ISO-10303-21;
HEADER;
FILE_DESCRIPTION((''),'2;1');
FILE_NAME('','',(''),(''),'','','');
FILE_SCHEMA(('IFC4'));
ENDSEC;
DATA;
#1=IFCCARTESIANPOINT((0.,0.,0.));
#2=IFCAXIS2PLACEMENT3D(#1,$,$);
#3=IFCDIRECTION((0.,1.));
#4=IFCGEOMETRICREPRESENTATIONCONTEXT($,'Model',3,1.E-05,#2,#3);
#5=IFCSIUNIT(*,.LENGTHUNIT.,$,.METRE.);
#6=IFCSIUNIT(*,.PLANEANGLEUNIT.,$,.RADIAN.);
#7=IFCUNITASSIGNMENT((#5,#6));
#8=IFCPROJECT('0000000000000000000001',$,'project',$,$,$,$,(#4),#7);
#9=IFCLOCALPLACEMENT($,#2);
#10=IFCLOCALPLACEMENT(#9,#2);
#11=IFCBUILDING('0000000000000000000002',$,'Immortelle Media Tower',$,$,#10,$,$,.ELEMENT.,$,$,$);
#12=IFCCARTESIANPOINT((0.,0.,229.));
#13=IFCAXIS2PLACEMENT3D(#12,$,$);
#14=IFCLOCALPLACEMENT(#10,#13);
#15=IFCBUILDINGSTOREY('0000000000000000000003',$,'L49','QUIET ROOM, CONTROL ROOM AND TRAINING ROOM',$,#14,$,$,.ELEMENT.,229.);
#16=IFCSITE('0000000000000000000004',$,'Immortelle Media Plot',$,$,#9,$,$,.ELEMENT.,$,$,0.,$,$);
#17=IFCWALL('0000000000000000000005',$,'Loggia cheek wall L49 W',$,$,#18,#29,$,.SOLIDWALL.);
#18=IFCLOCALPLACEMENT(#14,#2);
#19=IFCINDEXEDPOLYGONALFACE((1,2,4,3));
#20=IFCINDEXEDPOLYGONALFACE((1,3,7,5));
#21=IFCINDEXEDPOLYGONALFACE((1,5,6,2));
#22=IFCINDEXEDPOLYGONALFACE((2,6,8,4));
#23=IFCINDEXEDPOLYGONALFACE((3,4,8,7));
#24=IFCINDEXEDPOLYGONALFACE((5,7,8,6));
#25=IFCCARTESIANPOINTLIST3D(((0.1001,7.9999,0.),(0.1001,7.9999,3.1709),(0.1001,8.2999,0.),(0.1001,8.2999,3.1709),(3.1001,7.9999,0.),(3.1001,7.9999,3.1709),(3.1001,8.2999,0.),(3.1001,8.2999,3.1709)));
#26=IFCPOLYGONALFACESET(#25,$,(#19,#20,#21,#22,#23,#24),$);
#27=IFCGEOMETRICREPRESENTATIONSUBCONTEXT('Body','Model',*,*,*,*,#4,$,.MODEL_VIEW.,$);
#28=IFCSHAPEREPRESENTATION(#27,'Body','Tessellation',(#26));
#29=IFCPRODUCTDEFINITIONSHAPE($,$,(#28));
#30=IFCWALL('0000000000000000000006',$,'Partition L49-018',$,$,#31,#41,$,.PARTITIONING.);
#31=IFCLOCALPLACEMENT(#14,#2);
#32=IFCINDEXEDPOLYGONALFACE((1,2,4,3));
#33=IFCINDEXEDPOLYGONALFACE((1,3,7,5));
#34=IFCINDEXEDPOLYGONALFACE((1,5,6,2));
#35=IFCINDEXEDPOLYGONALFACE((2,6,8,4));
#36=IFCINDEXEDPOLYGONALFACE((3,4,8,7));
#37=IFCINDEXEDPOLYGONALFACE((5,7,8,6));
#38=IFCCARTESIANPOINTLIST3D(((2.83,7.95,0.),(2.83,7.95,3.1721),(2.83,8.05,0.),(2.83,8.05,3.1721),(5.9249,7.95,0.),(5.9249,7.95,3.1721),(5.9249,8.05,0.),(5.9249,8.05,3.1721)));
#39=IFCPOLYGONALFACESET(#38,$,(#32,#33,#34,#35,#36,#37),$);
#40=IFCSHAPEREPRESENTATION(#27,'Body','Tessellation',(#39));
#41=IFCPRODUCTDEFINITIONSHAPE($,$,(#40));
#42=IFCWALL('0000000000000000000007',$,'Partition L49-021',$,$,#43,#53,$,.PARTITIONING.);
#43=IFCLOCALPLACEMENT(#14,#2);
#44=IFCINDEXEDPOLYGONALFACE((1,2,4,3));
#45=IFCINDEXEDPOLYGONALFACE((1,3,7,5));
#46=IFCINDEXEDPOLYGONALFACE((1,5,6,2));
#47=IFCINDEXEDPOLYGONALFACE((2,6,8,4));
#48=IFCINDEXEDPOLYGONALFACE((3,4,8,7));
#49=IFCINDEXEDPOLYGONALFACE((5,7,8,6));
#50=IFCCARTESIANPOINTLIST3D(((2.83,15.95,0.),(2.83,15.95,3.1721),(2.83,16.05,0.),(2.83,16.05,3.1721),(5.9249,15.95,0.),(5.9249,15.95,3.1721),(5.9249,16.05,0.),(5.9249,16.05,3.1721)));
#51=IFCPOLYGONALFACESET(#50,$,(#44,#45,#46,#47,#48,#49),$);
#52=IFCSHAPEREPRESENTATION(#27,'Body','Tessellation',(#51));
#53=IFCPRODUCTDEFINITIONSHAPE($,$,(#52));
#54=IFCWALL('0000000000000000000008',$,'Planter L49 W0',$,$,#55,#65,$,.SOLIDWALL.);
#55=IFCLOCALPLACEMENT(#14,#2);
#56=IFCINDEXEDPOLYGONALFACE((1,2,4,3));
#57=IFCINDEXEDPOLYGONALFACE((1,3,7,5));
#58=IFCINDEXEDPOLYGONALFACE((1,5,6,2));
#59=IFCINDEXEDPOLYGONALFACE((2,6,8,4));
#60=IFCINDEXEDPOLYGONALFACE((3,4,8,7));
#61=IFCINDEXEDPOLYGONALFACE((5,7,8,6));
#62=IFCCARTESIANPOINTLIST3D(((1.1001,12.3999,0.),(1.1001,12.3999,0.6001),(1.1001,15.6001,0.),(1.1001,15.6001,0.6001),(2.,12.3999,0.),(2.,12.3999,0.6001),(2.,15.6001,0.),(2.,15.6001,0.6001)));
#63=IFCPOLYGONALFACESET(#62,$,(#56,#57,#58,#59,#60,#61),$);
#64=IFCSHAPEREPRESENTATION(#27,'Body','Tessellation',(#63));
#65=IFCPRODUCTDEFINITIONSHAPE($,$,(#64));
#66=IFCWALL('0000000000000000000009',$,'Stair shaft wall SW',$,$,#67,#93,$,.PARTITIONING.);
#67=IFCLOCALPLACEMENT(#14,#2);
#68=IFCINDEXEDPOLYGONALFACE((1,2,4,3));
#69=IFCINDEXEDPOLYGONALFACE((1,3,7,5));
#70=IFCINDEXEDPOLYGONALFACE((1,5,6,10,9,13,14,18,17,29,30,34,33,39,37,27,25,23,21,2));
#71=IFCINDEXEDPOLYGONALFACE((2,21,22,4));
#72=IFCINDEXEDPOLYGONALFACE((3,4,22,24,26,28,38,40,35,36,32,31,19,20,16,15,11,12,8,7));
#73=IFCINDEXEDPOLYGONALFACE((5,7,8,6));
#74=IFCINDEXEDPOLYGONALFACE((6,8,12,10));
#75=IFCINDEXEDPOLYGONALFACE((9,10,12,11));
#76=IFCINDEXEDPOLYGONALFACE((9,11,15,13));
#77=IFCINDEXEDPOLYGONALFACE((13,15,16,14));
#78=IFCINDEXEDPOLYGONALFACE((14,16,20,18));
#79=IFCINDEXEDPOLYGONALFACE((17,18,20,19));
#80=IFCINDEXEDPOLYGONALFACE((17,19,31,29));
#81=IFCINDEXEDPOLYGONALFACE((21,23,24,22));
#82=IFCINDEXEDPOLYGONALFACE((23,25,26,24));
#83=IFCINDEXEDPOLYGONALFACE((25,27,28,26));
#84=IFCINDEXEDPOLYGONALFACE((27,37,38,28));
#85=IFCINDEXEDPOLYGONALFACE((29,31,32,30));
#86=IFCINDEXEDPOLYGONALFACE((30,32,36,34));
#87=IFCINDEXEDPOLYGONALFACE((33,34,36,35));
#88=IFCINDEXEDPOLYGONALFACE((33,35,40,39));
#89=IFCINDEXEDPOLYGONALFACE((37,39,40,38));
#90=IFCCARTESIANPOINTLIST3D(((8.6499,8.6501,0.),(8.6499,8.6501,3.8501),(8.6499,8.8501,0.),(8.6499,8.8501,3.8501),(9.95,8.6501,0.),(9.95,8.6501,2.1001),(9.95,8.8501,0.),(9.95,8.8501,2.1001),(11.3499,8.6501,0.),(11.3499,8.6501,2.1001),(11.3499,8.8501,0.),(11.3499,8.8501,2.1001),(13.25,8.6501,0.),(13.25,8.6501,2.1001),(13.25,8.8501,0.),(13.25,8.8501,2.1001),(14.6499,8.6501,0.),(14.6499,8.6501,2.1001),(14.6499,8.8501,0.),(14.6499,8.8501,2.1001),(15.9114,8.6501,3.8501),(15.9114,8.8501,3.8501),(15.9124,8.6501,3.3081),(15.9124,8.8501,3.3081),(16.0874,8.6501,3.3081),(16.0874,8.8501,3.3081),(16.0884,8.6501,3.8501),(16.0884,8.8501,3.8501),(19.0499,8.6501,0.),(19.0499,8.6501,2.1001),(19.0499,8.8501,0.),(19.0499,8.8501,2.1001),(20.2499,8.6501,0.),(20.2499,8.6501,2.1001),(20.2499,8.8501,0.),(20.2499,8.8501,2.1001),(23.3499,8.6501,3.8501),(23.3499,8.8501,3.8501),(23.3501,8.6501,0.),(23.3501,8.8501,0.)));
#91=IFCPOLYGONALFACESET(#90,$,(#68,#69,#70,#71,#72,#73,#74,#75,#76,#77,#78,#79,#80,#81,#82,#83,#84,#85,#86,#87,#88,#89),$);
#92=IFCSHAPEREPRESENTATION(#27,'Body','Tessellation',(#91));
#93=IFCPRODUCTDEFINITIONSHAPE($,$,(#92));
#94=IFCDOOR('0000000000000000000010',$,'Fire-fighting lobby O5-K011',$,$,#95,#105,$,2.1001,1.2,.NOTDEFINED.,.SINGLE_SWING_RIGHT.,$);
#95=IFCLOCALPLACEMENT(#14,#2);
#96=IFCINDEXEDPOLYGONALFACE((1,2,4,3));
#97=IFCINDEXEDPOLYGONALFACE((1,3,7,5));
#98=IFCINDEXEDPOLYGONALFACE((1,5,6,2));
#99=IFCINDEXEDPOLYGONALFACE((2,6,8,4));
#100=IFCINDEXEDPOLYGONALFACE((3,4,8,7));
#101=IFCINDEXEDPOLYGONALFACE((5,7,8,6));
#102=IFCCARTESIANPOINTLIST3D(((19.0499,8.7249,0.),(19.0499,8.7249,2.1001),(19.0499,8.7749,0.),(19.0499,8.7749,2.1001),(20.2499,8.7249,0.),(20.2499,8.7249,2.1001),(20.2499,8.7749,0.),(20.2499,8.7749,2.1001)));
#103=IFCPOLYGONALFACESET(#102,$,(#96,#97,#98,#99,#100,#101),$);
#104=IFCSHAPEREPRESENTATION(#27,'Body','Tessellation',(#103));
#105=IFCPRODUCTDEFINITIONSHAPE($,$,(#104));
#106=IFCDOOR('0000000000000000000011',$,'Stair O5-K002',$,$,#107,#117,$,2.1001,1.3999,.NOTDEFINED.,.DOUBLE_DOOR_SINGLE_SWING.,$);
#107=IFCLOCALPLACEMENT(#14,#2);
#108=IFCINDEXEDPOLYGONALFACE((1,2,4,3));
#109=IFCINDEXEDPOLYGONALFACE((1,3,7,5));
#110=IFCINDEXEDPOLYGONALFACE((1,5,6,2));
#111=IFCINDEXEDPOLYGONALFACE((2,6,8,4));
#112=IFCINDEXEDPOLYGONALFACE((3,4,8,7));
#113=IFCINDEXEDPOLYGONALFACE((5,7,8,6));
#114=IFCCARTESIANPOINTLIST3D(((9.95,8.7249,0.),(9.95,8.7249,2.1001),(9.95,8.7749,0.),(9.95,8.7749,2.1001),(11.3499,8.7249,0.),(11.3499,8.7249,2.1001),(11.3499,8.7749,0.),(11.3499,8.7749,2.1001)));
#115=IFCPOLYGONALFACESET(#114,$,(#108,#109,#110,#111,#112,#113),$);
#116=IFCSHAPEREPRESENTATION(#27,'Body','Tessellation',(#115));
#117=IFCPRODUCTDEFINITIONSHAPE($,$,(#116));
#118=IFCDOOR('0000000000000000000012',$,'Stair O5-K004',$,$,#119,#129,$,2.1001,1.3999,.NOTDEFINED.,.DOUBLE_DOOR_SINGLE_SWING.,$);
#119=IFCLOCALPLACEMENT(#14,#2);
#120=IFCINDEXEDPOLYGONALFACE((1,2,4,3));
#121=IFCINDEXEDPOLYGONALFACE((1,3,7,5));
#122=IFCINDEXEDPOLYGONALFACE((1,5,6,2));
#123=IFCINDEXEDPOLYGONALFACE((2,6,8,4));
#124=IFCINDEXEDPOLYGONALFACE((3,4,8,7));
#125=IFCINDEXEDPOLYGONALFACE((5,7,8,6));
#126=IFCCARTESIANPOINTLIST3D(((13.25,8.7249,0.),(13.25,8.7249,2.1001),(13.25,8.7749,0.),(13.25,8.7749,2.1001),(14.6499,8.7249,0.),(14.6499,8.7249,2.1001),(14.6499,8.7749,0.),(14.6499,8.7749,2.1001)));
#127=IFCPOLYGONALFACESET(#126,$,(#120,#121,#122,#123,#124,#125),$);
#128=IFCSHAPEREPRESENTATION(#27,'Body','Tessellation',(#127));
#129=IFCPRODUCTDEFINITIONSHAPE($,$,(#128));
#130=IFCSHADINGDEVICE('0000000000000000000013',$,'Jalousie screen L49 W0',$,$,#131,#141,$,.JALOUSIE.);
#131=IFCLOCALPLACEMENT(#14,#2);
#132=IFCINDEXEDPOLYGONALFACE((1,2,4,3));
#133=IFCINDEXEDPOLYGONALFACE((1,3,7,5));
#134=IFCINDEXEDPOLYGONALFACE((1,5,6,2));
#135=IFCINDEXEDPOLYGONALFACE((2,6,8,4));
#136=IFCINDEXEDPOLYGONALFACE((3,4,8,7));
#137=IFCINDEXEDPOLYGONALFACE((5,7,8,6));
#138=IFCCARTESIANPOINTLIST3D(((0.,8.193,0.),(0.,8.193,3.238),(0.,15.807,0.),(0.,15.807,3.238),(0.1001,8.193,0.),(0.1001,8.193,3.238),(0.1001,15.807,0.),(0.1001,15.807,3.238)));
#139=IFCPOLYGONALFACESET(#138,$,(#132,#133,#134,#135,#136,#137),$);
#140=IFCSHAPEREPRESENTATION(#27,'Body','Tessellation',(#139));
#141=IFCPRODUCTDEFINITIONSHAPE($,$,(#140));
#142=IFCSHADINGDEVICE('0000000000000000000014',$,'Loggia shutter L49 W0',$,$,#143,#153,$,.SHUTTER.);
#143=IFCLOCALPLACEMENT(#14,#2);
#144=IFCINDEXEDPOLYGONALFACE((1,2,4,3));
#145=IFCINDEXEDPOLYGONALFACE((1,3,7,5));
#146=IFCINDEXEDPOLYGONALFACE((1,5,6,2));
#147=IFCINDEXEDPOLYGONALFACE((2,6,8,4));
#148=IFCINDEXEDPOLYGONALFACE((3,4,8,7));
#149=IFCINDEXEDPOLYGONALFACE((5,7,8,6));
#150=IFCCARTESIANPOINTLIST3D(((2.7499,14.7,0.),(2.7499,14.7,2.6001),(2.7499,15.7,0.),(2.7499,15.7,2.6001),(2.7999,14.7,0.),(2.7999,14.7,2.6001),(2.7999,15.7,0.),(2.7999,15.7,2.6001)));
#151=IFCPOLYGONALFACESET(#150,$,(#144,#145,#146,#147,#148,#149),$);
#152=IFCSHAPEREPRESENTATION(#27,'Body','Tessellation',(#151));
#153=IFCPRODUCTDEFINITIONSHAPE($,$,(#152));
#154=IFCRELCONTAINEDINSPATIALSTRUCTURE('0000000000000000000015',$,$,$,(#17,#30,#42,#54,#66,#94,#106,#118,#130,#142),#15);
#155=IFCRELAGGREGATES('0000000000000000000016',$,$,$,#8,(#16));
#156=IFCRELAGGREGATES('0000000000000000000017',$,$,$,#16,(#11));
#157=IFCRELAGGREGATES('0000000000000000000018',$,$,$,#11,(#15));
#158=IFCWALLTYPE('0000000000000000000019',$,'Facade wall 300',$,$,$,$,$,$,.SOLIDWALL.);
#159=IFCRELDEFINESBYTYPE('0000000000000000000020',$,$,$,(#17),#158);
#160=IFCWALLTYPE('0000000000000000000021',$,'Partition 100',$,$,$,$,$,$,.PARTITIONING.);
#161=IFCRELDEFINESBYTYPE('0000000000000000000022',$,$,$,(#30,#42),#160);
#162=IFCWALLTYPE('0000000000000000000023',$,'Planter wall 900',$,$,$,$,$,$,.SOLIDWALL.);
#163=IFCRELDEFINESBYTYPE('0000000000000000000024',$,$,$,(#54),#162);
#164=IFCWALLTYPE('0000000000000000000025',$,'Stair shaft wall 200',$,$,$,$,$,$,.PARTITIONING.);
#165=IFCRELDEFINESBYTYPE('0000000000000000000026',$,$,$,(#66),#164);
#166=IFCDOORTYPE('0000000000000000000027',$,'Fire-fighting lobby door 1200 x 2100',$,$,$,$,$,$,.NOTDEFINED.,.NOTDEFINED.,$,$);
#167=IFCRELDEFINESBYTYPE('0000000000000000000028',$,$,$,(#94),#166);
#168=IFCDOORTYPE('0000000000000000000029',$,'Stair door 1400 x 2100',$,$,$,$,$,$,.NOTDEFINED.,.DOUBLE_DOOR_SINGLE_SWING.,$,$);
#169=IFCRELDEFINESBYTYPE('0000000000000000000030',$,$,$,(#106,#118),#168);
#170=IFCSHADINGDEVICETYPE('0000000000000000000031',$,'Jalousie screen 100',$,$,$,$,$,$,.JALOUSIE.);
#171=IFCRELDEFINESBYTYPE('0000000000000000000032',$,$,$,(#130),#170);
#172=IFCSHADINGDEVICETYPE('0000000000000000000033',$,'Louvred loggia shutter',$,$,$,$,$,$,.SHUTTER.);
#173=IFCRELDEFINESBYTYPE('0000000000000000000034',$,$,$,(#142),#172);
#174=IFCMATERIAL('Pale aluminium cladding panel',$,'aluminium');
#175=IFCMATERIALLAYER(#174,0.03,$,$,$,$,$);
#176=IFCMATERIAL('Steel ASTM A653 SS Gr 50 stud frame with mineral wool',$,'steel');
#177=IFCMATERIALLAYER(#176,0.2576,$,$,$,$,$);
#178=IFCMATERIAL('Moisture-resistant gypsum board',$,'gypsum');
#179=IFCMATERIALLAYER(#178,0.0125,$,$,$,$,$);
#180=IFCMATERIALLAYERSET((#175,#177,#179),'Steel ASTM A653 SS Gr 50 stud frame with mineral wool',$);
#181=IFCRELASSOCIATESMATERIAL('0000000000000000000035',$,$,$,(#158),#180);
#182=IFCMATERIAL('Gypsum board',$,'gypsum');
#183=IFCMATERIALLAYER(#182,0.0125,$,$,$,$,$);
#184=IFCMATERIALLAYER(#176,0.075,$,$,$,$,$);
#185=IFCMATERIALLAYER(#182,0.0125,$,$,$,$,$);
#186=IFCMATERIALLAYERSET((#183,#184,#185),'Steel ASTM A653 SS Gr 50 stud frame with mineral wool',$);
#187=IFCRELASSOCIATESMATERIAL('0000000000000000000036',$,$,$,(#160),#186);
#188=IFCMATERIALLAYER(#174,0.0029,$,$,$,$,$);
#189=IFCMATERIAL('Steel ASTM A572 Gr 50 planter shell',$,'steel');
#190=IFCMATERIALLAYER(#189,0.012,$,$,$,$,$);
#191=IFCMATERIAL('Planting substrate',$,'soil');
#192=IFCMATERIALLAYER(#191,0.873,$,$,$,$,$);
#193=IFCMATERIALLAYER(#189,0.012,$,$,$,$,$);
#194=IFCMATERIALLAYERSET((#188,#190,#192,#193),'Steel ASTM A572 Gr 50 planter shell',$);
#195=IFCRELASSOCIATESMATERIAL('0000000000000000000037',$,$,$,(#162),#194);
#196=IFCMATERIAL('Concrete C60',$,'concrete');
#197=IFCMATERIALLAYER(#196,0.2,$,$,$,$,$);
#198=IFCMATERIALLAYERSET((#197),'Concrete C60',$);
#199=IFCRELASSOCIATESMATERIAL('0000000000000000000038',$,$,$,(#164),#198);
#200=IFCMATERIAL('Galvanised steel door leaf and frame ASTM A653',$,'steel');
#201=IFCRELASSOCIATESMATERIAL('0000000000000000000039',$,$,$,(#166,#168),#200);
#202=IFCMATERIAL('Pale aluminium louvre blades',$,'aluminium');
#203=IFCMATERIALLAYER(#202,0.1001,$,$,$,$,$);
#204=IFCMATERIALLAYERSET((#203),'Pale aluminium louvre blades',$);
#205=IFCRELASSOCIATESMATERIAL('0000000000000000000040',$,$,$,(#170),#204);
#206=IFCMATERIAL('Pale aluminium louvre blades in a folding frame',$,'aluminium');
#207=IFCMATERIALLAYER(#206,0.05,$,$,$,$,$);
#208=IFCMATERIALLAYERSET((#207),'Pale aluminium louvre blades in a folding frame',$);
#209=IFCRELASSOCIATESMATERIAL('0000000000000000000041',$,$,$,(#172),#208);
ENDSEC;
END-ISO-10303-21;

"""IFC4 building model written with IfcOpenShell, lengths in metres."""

from ifc_helpers import new_model, si_unit, direction, frame, frame_2d, origin, origin_2d, place, context, subcontext, project, spatial, polyline, rectangle, outline, extrude, material, layer, layer_set, type_object, element, fill, save


model = new_model("IFC4")

# Units and contexts
model_context = context("Model", 3, precision=1e-05, world=origin(), true_north=direction((0.0, 1.0)))
body_context = subcontext(model_context, "Body", "Model", "MODEL_VIEW")
ifc_project = project(units=[si_unit("LENGTHUNIT", "METRE"), si_unit("PLANEANGLEUNIT", "RADIAN")], contexts=[model_context])

# Site, building, storey
site_placement = place(None, origin())
site = spatial("IfcSite", under=ifc_project, at=site_placement, Name="Immortelle Media Plot", CompositionType="ELEMENT", RefElevation=0.0)
building_placement = place(site_placement, origin())
building = spatial("IfcBuilding", under=site, at=building_placement, Name="Immortelle Media Tower", CompositionType="ELEMENT")
storey_placement = place(building_placement, frame((0.0, 0.0, 229.0)))
storey = spatial("IfcBuildingStorey", under=building, at=storey_placement, Name="L49", Description="QUIET ROOM, CONTROL ROOM AND TRAINING ROOM", CompositionType="ELEMENT", Elevation=229.0)

# Shared definitions
ifc_material_1 = material(Name="Pale aluminium cladding panel", Category="aluminium")
ifc_layer_1 = layer(ifc_material_1, 0.03)
ifc_material_2 = material(Name="Steel ASTM A653 SS Gr 50 stud frame with mineral wool", Category="steel")
ifc_layer_2 = layer(ifc_material_2, 0.2576)
ifc_material_3 = material(Name="Moisture-resistant gypsum board", Category="gypsum")
ifc_layer_3 = layer(ifc_material_3, 0.0125)
ifc_layer_set_1 = layer_set([ifc_layer_1, ifc_layer_2, ifc_layer_3], Name="Steel ASTM A653 SS Gr 50 stud frame with mineral wool")
wall_type_1 = type_object("IfcWallType", Name="Facade wall 300", PredefinedType="SOLIDWALL", material=ifc_layer_set_1)

# Walls
for number, where, z_axis, x_axis, name in (
    (1, (0.1001, 8.1499, 0.0), (0.0, 0.0, 1.0), (1.0, 0.0, 0.0), "Loggia cheek wall L49 W"),
):
    element("IfcWall", number, at=place(storey_placement, frame(where, z_axis=z_axis, x_axis=x_axis)), inside=storey, type_object=wall_type_1, Name=name, PredefinedType="SOLIDWALL", context=body_context, shape_type="SweptSolid", body=[
        extrude(rectangle(XDim=3.0, YDim=0.3, at=frame_2d((1.5, 0.0))), origin(), (0.0, 0.0, 1.0), 3.1709),
    ])
ifc_material_4 = material(Name="Gypsum board", Category="gypsum")
ifc_layer_4 = layer(ifc_material_4, 0.0125)
ifc_layer_5 = layer(ifc_material_2, 0.075)
ifc_layer_6 = layer(ifc_material_4, 0.0125)
ifc_layer_set_2 = layer_set([ifc_layer_4, ifc_layer_5, ifc_layer_6], Name="Steel ASTM A653 SS Gr 50 stud frame with mineral wool")
wall_type_2 = type_object("IfcWallType", Name="Partition 100", PredefinedType="PARTITIONING", material=ifc_layer_set_2)
for number, where, z_axis, x_axis, name in (
    (2, (2.8301, 8.0, 0.0), (0.0, 0.0, 1.0), (1.0, 0.0, 0.0), "Partition L49-018"),
    (3, (2.8301, 16.0, 0.0), (0.0, 0.0, 1.0), (1.0, 0.0, 0.0), "Partition L49-021"),
):
    element("IfcWall", number, at=place(storey_placement, frame(where, z_axis=z_axis, x_axis=x_axis)), inside=storey, type_object=wall_type_2, Name=name, PredefinedType="PARTITIONING", context=body_context, shape_type="SweptSolid", body=[
        extrude(rectangle(XDim=3.095, YDim=0.1001, at=frame_2d((1.5474, 0.0))), origin(), (0.0, 0.0, 1.0), 3.1721),
    ])
ifc_layer_7 = layer(ifc_material_1, 0.0029)
ifc_material_5 = material(Name="Steel ASTM A572 Gr 50 planter shell", Category="steel")
ifc_layer_8 = layer(ifc_material_5, 0.012)
ifc_material_6 = material(Name="Planting substrate", Category="soil")
ifc_layer_9 = layer(ifc_material_6, 0.873)
ifc_layer_10 = layer(ifc_material_5, 0.012)
ifc_layer_set_3 = layer_set([ifc_layer_7, ifc_layer_8, ifc_layer_9, ifc_layer_10], Name="Steel ASTM A572 Gr 50 planter shell")
wall_type_3 = type_object("IfcWallType", Name="Planter wall 900", PredefinedType="SOLIDWALL", material=ifc_layer_set_3)
wall_1_placement = place(storey_placement, frame((1.55, 15.6001, 0.0), z_axis=(0.0, 0.0, 1.0), x_axis=(0.0, -1.0, 0.0)))
element("IfcWall", 4, at=wall_1_placement, inside=storey, type_object=wall_type_3, Name="Planter L49 W0", PredefinedType="SOLIDWALL", context=body_context, shape_type="SweptSolid", body=[
    extrude(rectangle(XDim=3.2002, YDim=0.8999, at=frame_2d((1.6001, 0.0))), origin(), (0.0, 0.0, 1.0), 0.6001),
])

# Wall, openings, doors
ifc_material_7 = material(Name="Concrete C60", Category="concrete")
ifc_layer_11 = layer(ifc_material_7, 0.2)
ifc_layer_set_4 = layer_set([ifc_layer_11], Name="Concrete C60")
wall_type_4 = type_object("IfcWallType", Name="Stair shaft wall 200", PredefinedType="PARTITIONING", material=ifc_layer_set_4)
wall_2_placement = place(storey_placement, frame((8.6499, 8.75, 0.0), z_axis=(0.0, 0.0, 1.0), x_axis=(1.0, 0.0, 0.0)))
wall_2 = element("IfcWall", 5, at=wall_2_placement, inside=storey, type_object=wall_type_4, Name="Stair shaft wall SW", PredefinedType="PARTITIONING", context=body_context, shape_type="SweptSolid", body=[
    extrude(outline(polyline([(0.0, 0.0), (14.7002, 0.0), (14.7, 3.8501), (7.4385, 3.8501), (7.4375, 3.3081), (7.2625, 3.3081), (7.2615, 3.8501), (0.0, 3.8501), (0.0, 0.0)])), frame((0.0, 0.1001, 0.0), z_axis=(0.0, -1.0, 0.0), x_axis=(1.0, 0.0, 0.0)), (0.0, 0.0, 1.0), 0.2),
])
opening_1_placement = place(wall_2_placement, frame((1.3, 0.0, 0.0)))
opening_1 = element("IfcOpeningElement", 6, at=opening_1_placement, cuts=wall_2, PredefinedType="OPENING", context=body_context, shape_type="SweptSolid", body=[
    extrude(rectangle(XDim=1.3999, YDim=2.1001, at=frame_2d((0.7, 1.05))), frame((0.0, 0.1099, 0.0), z_axis=(0.0, -1.0, 0.0), x_axis=(1.0, 0.0, 0.0)), (0.0, 0.0, 1.0), 0.22),
])
opening_2_placement = place(wall_2_placement, frame((4.6001, 0.0, 0.0)))
opening_2 = element("IfcOpeningElement", 7, at=opening_2_placement, cuts=wall_2, PredefinedType="OPENING", context=body_context, shape_type="SweptSolid", body=[
    extrude(rectangle(XDim=1.3999, YDim=2.1001, at=frame_2d((0.7, 1.05))), frame((0.0, 0.1099, 0.0), z_axis=(0.0, -1.0, 0.0), x_axis=(1.0, 0.0, 0.0)), (0.0, 0.0, 1.0), 0.22),
])
opening_3_placement = place(wall_2_placement, frame((10.3999, 0.0, 0.0)))
opening_3 = element("IfcOpeningElement", 8, at=opening_3_placement, cuts=wall_2, PredefinedType="OPENING", context=body_context, shape_type="SweptSolid", body=[
    extrude(rectangle(XDim=1.2, YDim=2.1001, at=frame_2d((0.6001, 1.05))), frame((0.0, 0.1099, 0.0), z_axis=(0.0, -1.0, 0.0), x_axis=(1.0, 0.0, 0.0)), (0.0, 0.0, 1.0), 0.22),
])
ifc_material_8 = material(Name="Galvanised steel door leaf and frame ASTM A653", Category="steel")
door_type_1 = type_object("IfcDoorType", Name="Fire-fighting lobby door 1200 x 2100", OperationType="NOTDEFINED", PredefinedType="NOTDEFINED", material=ifc_material_8)
door_1_placement = place(opening_3_placement, origin())
door_1 = element("IfcDoor", 9, at=door_1_placement, inside=storey, type_object=door_type_1, Name="Fire-fighting lobby O5-K011", OperationType="SINGLE_SWING_RIGHT", OverallHeight=2.1001, OverallWidth=1.2, PredefinedType="NOTDEFINED", context=body_context, shape_type="SweptSolid", body=[
    extrude(rectangle(XDim=1.2, YDim=2.1001, at=frame_2d((0.6001, 1.05))), frame((0.0, 0.0249, 0.0), z_axis=(0.0, -1.0, 0.0), x_axis=(1.0, 0.0, 0.0)), (0.0, 0.0, 1.0), 0.05),
])
fill(opening_3, door_1)
door_type_2 = type_object("IfcDoorType", Name="Stair door 1400 x 2100", OperationType="DOUBLE_DOOR_SINGLE_SWING", PredefinedType="NOTDEFINED", material=ifc_material_8)
door_2_placement = place(opening_1_placement, origin())
door_2 = element("IfcDoor", 10, at=door_2_placement, inside=storey, type_object=door_type_2, Name="Stair O5-K002", OperationType="DOUBLE_DOOR_SINGLE_SWING", OverallHeight=2.1001, OverallWidth=1.3999, PredefinedType="NOTDEFINED", context=body_context, shape_type="SweptSolid", body=[
    extrude(rectangle(XDim=1.3999, YDim=2.1001, at=frame_2d((0.7, 1.05))), frame((0.0, 0.0249, 0.0), z_axis=(0.0, -1.0, 0.0), x_axis=(1.0, 0.0, 0.0)), (0.0, 0.0, 1.0), 0.05),
])
fill(opening_1, door_2)
door_3_placement = place(opening_2_placement, origin())
door_3 = element("IfcDoor", 11, at=door_3_placement, inside=storey, type_object=door_type_2, Name="Stair O5-K004", OperationType="DOUBLE_DOOR_SINGLE_SWING", OverallHeight=2.1001, OverallWidth=1.3999, PredefinedType="NOTDEFINED", context=body_context, shape_type="SweptSolid", body=[
    extrude(rectangle(XDim=1.3999, YDim=2.1001, at=frame_2d((0.7, 1.05))), frame((0.0, 0.0249, 0.0), z_axis=(0.0, -1.0, 0.0), x_axis=(1.0, 0.0, 0.0)), (0.0, 0.0, 1.0), 0.05),
])
fill(opening_2, door_3)

# Shading devices
ifc_material_9 = material(Name="Pale aluminium louvre blades", Category="aluminium")
ifc_layer_12 = layer(ifc_material_9, 0.1001)
ifc_layer_set_5 = layer_set([ifc_layer_12], Name="Pale aluminium louvre blades")
shading_device_type_1 = type_object("IfcShadingDeviceType", Name="Jalousie screen 100", PredefinedType="JALOUSIE", material=ifc_layer_set_5)
shading_device_1_placement = place(storey_placement, frame((0.05, 12.0, 0.0), z_axis=(0.0, 0.0, 1.0), x_axis=(0.0, -1.0, 0.0)))
element("IfcShadingDevice", 12, at=shading_device_1_placement, inside=storey, type_object=shading_device_type_1, Name="Jalousie screen L49 W0", PredefinedType="JALOUSIE", context=body_context, shape_type="SweptSolid", body=[
    extrude(rectangle(XDim=7.614, YDim=0.1001, at=origin_2d()), origin(), (0.0, 0.0, 1.0), 3.238),
])
ifc_material_10 = material(Name="Pale aluminium louvre blades in a folding frame", Category="aluminium")
ifc_layer_13 = layer(ifc_material_10, 0.05)
ifc_layer_set_6 = layer_set([ifc_layer_13], Name="Pale aluminium louvre blades in a folding frame")
shading_device_type_2 = type_object("IfcShadingDeviceType", Name="Louvred loggia shutter", PredefinedType="SHUTTER", material=ifc_layer_set_6)
shading_device_2_placement = place(storey_placement, frame((2.7749, 15.2, 0.0), z_axis=(0.0, 0.0, 1.0), x_axis=(0.0, -1.0, 0.0)))
element("IfcShadingDevice", 13, at=shading_device_2_placement, inside=storey, type_object=shading_device_type_2, Name="Loggia shutter L49 W0", PredefinedType="SHUTTER", context=body_context, shape_type="SweptSolid", body=[
    extrude(rectangle(XDim=1.0, YDim=0.05, at=origin_2d()), origin(), (0.0, 0.0, 1.0), 2.6001),
])

save(model, "model.ifc")
